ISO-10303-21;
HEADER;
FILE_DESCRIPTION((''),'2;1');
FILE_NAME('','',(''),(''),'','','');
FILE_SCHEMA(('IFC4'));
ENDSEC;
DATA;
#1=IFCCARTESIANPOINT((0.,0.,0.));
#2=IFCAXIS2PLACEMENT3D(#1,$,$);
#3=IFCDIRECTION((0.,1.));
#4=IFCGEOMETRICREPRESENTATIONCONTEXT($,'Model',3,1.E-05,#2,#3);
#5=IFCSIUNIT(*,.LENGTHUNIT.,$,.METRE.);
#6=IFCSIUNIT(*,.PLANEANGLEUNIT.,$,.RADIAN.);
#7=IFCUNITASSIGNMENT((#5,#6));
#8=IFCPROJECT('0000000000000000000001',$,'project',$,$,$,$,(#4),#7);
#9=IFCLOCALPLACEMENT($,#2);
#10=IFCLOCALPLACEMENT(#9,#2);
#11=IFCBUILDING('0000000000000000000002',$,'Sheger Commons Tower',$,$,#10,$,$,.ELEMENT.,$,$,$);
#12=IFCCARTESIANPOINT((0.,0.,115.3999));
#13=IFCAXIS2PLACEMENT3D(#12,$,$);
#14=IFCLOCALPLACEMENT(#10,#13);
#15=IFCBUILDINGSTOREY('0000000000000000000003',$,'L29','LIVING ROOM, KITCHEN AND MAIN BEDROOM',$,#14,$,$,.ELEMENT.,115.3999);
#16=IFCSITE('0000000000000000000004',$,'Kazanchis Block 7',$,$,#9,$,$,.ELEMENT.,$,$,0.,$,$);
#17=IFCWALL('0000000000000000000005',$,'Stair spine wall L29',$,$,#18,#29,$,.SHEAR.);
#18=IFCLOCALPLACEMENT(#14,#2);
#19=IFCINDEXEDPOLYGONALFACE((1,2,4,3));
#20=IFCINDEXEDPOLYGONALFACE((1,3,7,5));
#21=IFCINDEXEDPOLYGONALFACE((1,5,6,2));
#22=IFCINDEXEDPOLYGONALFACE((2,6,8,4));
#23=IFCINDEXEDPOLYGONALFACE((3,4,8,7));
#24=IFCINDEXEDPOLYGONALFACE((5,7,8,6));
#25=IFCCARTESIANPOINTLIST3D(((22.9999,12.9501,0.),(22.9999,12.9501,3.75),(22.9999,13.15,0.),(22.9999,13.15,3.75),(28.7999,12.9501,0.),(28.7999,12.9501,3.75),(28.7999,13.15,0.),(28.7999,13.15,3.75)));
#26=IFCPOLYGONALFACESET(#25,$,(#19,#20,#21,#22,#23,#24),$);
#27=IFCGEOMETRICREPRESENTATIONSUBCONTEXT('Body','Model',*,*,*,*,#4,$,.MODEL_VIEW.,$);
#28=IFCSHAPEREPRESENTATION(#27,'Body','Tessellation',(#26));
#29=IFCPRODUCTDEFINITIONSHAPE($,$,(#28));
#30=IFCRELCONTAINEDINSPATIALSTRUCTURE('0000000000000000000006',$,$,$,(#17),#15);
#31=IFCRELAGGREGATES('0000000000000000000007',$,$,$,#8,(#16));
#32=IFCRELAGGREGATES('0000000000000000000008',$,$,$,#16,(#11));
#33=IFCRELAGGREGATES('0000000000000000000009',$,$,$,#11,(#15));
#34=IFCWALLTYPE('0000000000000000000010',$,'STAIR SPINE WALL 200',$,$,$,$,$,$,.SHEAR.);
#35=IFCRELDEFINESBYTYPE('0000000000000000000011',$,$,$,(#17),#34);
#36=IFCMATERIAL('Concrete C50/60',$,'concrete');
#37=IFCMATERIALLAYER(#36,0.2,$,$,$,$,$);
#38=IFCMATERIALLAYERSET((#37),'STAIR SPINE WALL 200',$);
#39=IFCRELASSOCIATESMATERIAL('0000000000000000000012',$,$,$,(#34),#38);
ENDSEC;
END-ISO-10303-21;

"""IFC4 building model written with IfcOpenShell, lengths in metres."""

from ifc_helpers import new_model, si_unit, direction, frame, frame_2d, origin, place, context, subcontext, project, spatial, rectangle, extrude, material, layer, layer_set, type_object, element, save


model = new_model("IFC4")

# Units and contexts
model_context = context("Model", 3, precision=1e-05, world=origin(), true_north=direction((0.0, 1.0)))
body_context = subcontext(model_context, "Body", "Model", "MODEL_VIEW")
ifc_project = project(units=[si_unit("LENGTHUNIT", "METRE"), si_unit("PLANEANGLEUNIT", "RADIAN")], contexts=[model_context])

# Site, building, storey
site_placement = place(None, origin())
site = spatial("IfcSite", under=ifc_project, at=site_placement, Name="Kazanchis Block 7", CompositionType="ELEMENT", RefElevation=0.0)
building_placement = place(site_placement, origin())
building = spatial("IfcBuilding", under=site, at=building_placement, Name="Sheger Commons Tower", CompositionType="ELEMENT")
storey_placement = place(building_placement, frame((0.0, 0.0, 115.3999)))
storey = spatial("IfcBuildingStorey", under=building, at=storey_placement, Name="L29", Description="LIVING ROOM, KITCHEN AND MAIN BEDROOM", CompositionType="ELEMENT", Elevation=115.3999)

# Wall
ifc_material_1 = material(Name="Concrete C50/60", Category="concrete")
ifc_layer_1 = layer(ifc_material_1, 0.2)
ifc_layer_set_1 = layer_set([ifc_layer_1], Name="STAIR SPINE WALL 200")
wall_type_1 = type_object("IfcWallType", Name="STAIR SPINE WALL 200", PredefinedType="SHEAR", material=ifc_layer_set_1)
wall_1_placement = place(storey_placement, frame((23.0, 13.05, 0.0), z_axis=(0.0, 0.0, 1.0), x_axis=(1.0, 0.0, 0.0)))
element("IfcWall", 1, at=wall_1_placement, inside=storey, type_object=wall_type_1, Name="Stair spine wall L29", PredefinedType="SHEAR", context=body_context, shape_type="SweptSolid", body=[
    extrude(rectangle(XDim=5.8, YDim=0.2, at=frame_2d((2.8999, 0.0))), origin(), (0.0, 0.0, 1.0), 3.75),
])

save(model, "model.ifc")
